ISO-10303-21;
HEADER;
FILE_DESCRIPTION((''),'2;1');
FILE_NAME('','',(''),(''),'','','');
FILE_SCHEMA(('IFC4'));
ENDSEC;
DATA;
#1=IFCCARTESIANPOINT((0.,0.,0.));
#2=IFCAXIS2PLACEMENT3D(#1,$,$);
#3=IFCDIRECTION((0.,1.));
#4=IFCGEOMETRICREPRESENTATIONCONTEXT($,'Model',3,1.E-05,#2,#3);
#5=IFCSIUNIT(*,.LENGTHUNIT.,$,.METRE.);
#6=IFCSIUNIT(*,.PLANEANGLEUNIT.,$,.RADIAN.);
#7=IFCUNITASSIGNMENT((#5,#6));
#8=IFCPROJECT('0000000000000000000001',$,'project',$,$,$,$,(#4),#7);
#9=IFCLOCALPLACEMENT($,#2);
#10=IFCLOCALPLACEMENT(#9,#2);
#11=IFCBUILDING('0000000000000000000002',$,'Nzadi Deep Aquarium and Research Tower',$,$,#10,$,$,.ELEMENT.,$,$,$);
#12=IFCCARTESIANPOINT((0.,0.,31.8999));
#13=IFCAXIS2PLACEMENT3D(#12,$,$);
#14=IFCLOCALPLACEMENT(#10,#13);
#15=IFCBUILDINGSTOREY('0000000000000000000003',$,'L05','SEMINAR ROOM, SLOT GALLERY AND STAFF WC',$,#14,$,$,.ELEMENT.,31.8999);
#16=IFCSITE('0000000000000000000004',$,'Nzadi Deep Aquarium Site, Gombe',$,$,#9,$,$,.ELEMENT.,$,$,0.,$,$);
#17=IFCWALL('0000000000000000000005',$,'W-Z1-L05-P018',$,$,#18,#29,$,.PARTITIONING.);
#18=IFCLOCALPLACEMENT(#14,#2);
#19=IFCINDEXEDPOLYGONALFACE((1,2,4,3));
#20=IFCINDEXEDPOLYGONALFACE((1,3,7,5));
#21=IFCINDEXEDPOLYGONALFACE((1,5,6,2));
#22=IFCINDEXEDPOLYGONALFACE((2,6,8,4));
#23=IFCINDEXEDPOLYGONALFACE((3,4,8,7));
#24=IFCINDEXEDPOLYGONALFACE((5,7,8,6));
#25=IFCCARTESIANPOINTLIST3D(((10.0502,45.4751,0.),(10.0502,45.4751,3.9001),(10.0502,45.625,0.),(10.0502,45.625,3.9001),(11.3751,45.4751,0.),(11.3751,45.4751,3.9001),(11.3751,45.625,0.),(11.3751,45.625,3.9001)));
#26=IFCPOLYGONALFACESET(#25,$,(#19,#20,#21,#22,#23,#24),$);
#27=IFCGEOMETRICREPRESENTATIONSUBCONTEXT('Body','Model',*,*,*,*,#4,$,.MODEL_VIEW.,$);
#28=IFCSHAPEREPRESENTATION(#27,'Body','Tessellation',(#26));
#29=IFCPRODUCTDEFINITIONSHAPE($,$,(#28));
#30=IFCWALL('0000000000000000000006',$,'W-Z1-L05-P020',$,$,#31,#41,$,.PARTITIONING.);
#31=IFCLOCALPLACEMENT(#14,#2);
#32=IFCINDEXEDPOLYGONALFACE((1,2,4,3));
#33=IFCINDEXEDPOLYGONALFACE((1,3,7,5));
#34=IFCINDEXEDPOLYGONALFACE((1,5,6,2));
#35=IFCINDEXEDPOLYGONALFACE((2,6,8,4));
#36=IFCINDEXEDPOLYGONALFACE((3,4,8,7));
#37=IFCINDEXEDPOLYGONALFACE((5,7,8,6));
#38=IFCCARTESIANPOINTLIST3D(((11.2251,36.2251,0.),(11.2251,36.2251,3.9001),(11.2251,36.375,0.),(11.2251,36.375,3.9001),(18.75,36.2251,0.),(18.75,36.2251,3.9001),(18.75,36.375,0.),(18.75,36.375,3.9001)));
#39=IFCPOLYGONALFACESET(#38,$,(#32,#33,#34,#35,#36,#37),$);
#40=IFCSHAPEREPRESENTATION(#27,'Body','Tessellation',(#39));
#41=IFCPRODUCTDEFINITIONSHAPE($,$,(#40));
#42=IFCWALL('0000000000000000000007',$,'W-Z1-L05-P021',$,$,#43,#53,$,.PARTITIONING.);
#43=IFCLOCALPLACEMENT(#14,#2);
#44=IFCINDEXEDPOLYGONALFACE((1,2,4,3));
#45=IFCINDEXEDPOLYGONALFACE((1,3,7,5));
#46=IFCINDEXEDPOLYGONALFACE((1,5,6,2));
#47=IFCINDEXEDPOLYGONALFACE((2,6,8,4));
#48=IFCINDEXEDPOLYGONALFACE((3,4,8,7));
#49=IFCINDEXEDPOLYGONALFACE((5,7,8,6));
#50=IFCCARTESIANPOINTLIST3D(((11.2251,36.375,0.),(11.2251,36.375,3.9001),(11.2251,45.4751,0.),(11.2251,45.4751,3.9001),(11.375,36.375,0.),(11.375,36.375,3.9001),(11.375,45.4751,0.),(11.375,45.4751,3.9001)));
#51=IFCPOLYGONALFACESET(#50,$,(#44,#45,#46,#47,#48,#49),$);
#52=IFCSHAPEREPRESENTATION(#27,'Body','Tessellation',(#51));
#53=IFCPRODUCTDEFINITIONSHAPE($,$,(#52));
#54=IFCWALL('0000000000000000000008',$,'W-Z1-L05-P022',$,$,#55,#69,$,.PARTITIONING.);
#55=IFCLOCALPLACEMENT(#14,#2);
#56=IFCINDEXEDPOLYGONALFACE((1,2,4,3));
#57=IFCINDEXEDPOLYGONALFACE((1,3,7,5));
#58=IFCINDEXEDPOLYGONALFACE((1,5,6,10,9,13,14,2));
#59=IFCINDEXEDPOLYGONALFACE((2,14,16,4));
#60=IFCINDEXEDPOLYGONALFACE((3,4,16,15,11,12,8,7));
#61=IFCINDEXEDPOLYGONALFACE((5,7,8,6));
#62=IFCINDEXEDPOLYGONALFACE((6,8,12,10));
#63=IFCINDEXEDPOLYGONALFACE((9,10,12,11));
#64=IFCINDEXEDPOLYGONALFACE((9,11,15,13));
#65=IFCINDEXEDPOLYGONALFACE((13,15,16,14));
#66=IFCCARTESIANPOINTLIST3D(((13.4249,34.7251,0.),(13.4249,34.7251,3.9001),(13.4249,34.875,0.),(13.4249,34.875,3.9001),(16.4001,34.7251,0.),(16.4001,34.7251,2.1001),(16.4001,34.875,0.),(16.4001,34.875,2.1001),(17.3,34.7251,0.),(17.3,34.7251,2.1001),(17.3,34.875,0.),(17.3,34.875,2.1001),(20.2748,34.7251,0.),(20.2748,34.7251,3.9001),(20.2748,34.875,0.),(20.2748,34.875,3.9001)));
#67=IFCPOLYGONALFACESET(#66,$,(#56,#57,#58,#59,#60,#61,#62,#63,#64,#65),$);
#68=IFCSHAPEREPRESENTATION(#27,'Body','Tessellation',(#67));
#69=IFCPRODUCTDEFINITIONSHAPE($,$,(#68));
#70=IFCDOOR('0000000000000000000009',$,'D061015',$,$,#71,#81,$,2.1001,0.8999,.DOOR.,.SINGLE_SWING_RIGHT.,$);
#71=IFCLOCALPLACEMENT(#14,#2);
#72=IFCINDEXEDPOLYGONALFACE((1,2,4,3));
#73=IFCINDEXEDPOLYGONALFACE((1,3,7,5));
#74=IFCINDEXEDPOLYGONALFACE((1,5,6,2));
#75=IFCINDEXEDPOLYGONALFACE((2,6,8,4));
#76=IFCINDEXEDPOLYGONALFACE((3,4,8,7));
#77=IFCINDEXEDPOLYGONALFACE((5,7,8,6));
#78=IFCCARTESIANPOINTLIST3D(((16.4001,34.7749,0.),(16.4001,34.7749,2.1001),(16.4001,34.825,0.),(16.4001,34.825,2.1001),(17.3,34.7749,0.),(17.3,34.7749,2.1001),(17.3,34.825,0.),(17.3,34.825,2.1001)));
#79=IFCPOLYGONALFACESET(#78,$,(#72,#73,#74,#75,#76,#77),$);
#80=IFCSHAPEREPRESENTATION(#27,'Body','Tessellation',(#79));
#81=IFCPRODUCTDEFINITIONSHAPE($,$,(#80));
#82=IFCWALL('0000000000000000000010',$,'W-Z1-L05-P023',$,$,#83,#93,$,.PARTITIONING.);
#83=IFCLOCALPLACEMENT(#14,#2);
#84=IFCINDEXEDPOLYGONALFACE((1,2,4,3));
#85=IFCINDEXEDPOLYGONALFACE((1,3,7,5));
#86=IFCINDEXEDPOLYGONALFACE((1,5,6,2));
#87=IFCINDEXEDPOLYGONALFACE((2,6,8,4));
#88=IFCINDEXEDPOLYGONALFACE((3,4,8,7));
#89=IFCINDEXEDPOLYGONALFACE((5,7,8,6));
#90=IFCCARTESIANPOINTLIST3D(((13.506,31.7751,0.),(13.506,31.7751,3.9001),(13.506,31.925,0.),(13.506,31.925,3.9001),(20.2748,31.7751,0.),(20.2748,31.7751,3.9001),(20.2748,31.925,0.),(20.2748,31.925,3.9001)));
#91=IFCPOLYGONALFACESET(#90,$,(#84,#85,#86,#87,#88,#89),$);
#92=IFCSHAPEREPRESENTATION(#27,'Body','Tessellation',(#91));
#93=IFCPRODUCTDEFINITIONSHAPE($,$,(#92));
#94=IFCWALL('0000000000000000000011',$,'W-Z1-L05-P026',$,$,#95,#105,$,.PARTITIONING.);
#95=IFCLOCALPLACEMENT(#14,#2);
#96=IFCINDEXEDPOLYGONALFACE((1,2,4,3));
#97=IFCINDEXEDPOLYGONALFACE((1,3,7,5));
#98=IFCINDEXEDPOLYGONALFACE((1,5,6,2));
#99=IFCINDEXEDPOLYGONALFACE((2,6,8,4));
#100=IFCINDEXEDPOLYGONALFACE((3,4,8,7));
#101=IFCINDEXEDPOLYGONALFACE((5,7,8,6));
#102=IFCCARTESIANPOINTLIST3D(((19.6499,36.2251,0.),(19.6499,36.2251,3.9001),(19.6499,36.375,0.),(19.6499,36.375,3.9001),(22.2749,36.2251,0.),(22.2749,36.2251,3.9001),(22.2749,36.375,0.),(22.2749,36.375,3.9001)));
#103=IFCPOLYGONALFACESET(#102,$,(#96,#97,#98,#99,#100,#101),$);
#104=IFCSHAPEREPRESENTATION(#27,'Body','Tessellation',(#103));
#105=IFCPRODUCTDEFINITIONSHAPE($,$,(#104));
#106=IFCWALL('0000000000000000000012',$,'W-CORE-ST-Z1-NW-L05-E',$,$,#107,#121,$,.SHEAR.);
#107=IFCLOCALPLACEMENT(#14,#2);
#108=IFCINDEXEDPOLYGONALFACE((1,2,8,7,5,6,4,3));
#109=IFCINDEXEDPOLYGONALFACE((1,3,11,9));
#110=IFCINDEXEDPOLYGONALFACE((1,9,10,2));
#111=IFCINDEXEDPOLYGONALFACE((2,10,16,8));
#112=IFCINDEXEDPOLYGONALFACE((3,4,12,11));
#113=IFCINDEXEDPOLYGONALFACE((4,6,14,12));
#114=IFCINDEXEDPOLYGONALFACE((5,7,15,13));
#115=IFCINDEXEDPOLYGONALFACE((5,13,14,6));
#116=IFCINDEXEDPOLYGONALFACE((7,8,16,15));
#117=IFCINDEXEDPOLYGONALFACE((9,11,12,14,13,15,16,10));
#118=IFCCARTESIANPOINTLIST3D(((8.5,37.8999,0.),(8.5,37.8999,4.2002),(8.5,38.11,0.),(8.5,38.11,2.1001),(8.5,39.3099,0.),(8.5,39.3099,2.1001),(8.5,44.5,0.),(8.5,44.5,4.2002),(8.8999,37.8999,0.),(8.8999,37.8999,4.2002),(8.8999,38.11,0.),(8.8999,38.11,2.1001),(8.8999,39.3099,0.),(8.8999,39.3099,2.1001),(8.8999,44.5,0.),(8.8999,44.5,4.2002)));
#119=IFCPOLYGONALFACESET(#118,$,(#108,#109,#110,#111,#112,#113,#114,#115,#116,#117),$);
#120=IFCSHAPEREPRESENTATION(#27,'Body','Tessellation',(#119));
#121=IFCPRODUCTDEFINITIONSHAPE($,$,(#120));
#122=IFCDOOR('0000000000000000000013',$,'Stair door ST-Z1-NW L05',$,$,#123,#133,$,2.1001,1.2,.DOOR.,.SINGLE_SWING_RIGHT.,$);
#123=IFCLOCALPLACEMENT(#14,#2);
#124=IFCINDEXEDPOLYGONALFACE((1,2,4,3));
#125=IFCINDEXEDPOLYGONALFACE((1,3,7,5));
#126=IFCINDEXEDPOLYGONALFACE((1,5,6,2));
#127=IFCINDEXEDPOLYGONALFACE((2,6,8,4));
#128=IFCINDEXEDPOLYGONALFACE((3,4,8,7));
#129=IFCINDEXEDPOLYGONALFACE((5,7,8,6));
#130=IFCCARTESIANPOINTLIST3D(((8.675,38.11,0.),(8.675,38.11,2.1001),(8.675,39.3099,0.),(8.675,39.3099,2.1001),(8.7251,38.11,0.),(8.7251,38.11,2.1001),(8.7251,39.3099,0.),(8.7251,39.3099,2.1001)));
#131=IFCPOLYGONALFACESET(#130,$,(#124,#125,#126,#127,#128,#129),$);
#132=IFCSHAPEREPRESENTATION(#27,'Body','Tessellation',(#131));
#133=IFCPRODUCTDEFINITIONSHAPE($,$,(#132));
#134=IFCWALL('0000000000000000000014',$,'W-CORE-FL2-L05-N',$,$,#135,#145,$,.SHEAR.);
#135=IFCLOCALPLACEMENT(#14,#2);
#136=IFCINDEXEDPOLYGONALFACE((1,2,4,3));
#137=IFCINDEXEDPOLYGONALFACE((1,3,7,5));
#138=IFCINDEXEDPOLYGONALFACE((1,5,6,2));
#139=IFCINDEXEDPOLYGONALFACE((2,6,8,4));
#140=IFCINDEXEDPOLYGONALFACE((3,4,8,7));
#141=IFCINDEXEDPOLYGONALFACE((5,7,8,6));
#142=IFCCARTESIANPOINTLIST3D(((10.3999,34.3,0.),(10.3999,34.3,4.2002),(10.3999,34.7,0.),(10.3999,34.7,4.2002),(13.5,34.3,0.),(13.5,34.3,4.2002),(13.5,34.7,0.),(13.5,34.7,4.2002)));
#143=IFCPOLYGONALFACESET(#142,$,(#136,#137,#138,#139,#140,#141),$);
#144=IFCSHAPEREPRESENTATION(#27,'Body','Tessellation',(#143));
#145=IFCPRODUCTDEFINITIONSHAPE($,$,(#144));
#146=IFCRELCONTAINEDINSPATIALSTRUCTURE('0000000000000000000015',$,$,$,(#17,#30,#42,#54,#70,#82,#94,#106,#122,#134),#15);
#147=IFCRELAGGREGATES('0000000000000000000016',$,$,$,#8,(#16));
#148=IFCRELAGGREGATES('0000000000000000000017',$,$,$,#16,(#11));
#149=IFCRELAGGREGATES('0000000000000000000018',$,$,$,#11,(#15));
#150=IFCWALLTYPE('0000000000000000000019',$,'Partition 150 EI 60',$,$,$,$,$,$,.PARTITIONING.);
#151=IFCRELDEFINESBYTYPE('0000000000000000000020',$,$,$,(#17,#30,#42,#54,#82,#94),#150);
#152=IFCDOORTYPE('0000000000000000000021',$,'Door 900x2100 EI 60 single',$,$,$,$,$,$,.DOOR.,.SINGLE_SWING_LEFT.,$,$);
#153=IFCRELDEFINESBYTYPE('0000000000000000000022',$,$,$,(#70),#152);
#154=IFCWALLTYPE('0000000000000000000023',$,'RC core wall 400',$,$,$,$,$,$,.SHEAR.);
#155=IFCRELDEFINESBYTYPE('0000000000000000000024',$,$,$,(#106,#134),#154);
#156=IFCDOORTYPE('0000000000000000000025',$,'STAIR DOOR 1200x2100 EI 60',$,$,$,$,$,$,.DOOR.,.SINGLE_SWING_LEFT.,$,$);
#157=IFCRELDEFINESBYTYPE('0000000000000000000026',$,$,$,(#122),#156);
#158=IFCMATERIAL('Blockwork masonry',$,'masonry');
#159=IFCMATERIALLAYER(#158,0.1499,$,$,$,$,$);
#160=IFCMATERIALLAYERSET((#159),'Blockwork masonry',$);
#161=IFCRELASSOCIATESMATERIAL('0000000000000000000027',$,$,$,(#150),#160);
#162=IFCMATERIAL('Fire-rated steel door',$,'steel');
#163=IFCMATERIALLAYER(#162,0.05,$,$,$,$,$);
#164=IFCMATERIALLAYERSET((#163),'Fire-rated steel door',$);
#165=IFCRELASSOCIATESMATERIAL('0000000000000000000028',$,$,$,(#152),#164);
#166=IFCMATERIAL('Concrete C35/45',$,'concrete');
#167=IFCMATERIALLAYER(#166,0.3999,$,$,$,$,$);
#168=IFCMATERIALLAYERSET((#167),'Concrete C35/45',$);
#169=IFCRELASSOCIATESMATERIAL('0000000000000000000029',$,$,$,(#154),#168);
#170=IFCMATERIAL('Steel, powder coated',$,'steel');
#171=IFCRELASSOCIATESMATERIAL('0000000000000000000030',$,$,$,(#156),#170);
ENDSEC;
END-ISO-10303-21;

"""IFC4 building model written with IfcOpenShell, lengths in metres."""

from ifc_helpers import new_model, si_unit, direction, frame, frame_2d, origin, place, context, subcontext, project, spatial, rectangle, extrude, material, layer, layer_set, type_object, element, fill, save


model = new_model("IFC4")

# Units and contexts
model_context = context("Model", 3, precision=1e-05, world=origin(), true_north=direction((0.0, 1.0)))
body_context = subcontext(model_context, "Body", "Model", "MODEL_VIEW")
ifc_project = project(units=[si_unit("LENGTHUNIT", "METRE"), si_unit("PLANEANGLEUNIT", "RADIAN")], contexts=[model_context])

# Site, building, storey
site_placement = place(None, origin())
site = spatial("IfcSite", under=ifc_project, at=site_placement, Name="Nzadi Deep Aquarium Site, Gombe", CompositionType="ELEMENT", RefElevation=0.0)
building_placement = place(site_placement, origin())
building = spatial("IfcBuilding", under=site, at=building_placement, Name="Nzadi Deep Aquarium and Research Tower", CompositionType="ELEMENT")
storey_placement = place(building_placement, frame((0.0, 0.0, 31.8999)))
storey = spatial("IfcBuildingStorey", under=building, at=storey_placement, Name="L05", Description="SEMINAR ROOM, SLOT GALLERY AND STAFF WC", CompositionType="ELEMENT", Elevation=31.8999)

# Walls
ifc_material_1 = material(Name="Blockwork masonry", Category="masonry")
ifc_layer_1 = layer(ifc_material_1, 0.1499)
ifc_layer_set_1 = layer_set([ifc_layer_1], Name="Blockwork masonry")
wall_type_1 = type_object("IfcWallType", Name="Partition 150 EI 60", PredefinedType="PARTITIONING", material=ifc_layer_set_1)
wall_1_placement = place(storey_placement, frame((10.05, 45.55, 0.0), z_axis=(0.0, 0.0, 1.0), x_axis=(1.0, 0.0, 0.0)))
element("IfcWall", 1, at=wall_1_placement, inside=storey, type_object=wall_type_1, Name="W-Z1-L05-P018", PredefinedType="PARTITIONING", context=body_context, shape_type="SweptSolid", body=[
    extrude(rectangle(XDim=1.325, YDim=0.1499, at=frame_2d((0.6626, 0.0))), origin(), (0.0, 0.0, 1.0), 3.9001),
])
wall_2_placement = place(storey_placement, frame((11.2251, 36.3, 0.0), z_axis=(0.0, 0.0, 1.0), x_axis=(1.0, 0.0, 0.0)))
element("IfcWall", 2, at=wall_2_placement, inside=storey, type_object=wall_type_1, Name="W-Z1-L05-P020", PredefinedType="PARTITIONING", context=body_context, shape_type="SweptSolid", body=[
    extrude(rectangle(XDim=7.5249, YDim=0.1499, at=frame_2d((3.7625, 0.0))), origin(), (0.0, 0.0, 1.0), 3.9001),
])
wall_3_placement = place(storey_placement, frame((11.3, 36.375, 0.0), z_axis=(0.0, 0.0, 1.0), x_axis=(0.0, 1.0, 0.0)))
element("IfcWall", 3, at=wall_3_placement, inside=storey, type_object=wall_type_1, Name="W-Z1-L05-P021", PredefinedType="PARTITIONING", context=body_context, shape_type="SweptSolid", body=[
    extrude(rectangle(XDim=9.1001, YDim=0.1499, at=frame_2d((4.55, 0.0))), origin(), (0.0, 0.0, 1.0), 3.9001),
])

# Wall, opening, door
wall_4_placement = place(storey_placement, frame((13.425, 34.8, 0.0), z_axis=(0.0, 0.0, 1.0), x_axis=(1.0, 0.0, 0.0)))
wall_4 = element("IfcWall", 4, at=wall_4_placement, inside=storey, type_object=wall_type_1, Name="W-Z1-L05-P022", PredefinedType="PARTITIONING", context=body_context, shape_type="SweptSolid", body=[
    extrude(rectangle(XDim=6.8499, YDim=0.1499, at=frame_2d((3.4248, 0.0))), origin(), (0.0, 0.0, 1.0), 3.9001),
])
opening_1_placement = place(wall_4_placement, frame((2.9751, 0.0, 0.0)))
opening_1 = element("IfcOpeningElement", 5, at=opening_1_placement, cuts=wall_4, PredefinedType="OPENING", context=body_context, shape_type="SweptSolid", body=[
    extrude(rectangle(XDim=0.8999, YDim=2.1001, at=frame_2d((0.45, 1.05))), frame((0.0, 0.085, 0.0), z_axis=(0.0, -1.0, 0.0), x_axis=(1.0, 0.0, 0.0)), (0.0, 0.0, 1.0), 0.1699),
])
ifc_material_2 = material(Name="Fire-rated steel door", Category="steel")
ifc_layer_2 = layer(ifc_material_2, 0.05)
ifc_layer_set_2 = layer_set([ifc_layer_2], Name="Fire-rated steel door")
door_type_1 = type_object("IfcDoorType", Name="Door 900x2100 EI 60 single", OperationType="SINGLE_SWING_LEFT", PredefinedType="DOOR", material=ifc_layer_set_2)
door_1_placement = place(opening_1_placement, origin())
door_1 = element("IfcDoor", 6, at=door_1_placement, inside=storey, type_object=door_type_1, Name="D061015", OperationType="SINGLE_SWING_RIGHT", OverallHeight=2.1001, OverallWidth=0.8999, PredefinedType="DOOR", context=body_context, shape_type="SweptSolid", body=[
    extrude(rectangle(XDim=0.8999, YDim=2.1001, at=frame_2d((0.45, 1.05))), frame((0.0, 0.0249, 0.0), z_axis=(0.0, -1.0, 0.0), x_axis=(1.0, 0.0, 0.0)), (0.0, 0.0, 1.0), 0.05),
])
fill(opening_1, door_1)

# Walls
wall_5_placement = place(storey_placement, frame((13.5061, 31.8501, 0.0), z_axis=(0.0, 0.0, 1.0), x_axis=(1.0, 0.0, 0.0)))
element("IfcWall", 7, at=wall_5_placement, inside=storey, type_object=wall_type_1, Name="W-Z1-L05-P023", PredefinedType="PARTITIONING", context=body_context, shape_type="SweptSolid", body=[
    extrude(rectangle(XDim=6.7688, YDim=0.1499, at=frame_2d((3.3843, 0.0))), origin(), (0.0, 0.0, 1.0), 3.9001),
])
wall_6_placement = place(storey_placement, frame((19.6499, 36.3, 0.0), z_axis=(0.0, 0.0, 1.0), x_axis=(1.0, 0.0, 0.0)))
element("IfcWall", 8, at=wall_6_placement, inside=storey, type_object=wall_type_1, Name="W-Z1-L05-P026", PredefinedType="PARTITIONING", context=body_context, shape_type="SweptSolid", body=[
    extrude(rectangle(XDim=2.625, YDim=0.1499, at=frame_2d((1.3125, 0.0))), origin(), (0.0, 0.0, 1.0), 3.9001),
])

# Wall, opening, door
ifc_material_3 = material(Name="Concrete C35/45", Category="concrete")
ifc_layer_3 = layer(ifc_material_3, 0.3999)
ifc_layer_set_3 = layer_set([ifc_layer_3], Name="Concrete C35/45")
wall_type_2 = type_object("IfcWallType", Name="RC core wall 400", PredefinedType="SHEAR", material=ifc_layer_set_3)
wall_7_placement = place(storey_placement, frame((8.7, 37.8999, 0.0), z_axis=(0.0, 0.0, 1.0), x_axis=(0.0, 1.0, 0.0)))
wall_7 = element("IfcWall", 9, at=wall_7_placement, inside=storey, type_object=wall_type_2, Name="W-CORE-ST-Z1-NW-L05-E", PredefinedType="SHEAR", context=body_context, shape_type="SweptSolid", body=[
    extrude(rectangle(XDim=6.6001, YDim=0.3999, at=frame_2d((3.3, 0.0))), origin(), (0.0, 0.0, 1.0), 4.2002),
])
opening_2_placement = place(wall_7_placement, frame((0.21, 0.0, 0.0)))
opening_2 = element("IfcOpeningElement", 10, at=opening_2_placement, cuts=wall_7, PredefinedType="OPENING", context=body_context, shape_type="SweptSolid", body=[
    extrude(rectangle(XDim=1.2, YDim=2.1001, at=frame_2d((0.6001, 1.05))), frame((0.0, 0.21, 0.0), z_axis=(0.0, -1.0, 0.0), x_axis=(1.0, 0.0, 0.0)), (0.0, 0.0, 1.0), 0.4199),
])
ifc_material_4 = material(Name="Steel, powder coated", Category="steel")
door_type_2 = type_object("IfcDoorType", Name="STAIR DOOR 1200x2100 EI 60", OperationType="SINGLE_SWING_LEFT", PredefinedType="DOOR", material=ifc_material_4)
door_2_placement = place(opening_2_placement, origin())
door_2 = element("IfcDoor", 11, at=door_2_placement, inside=storey, type_object=door_type_2, Name="Stair door ST-Z1-NW L05", OperationType="SINGLE_SWING_RIGHT", OverallHeight=2.1001, OverallWidth=1.2, PredefinedType="DOOR", context=body_context, shape_type="SweptSolid", body=[
    extrude(rectangle(XDim=1.2, YDim=2.1001, at=frame_2d((0.6001, 1.05))), frame((0.0, 0.0249, 0.0), z_axis=(0.0, -1.0, 0.0), x_axis=(1.0, 0.0, 0.0)), (0.0, 0.0, 1.0), 0.05),
])
fill(opening_2, door_2)

# Wall
wall_8_placement = place(storey_placement, frame((10.3999, 34.5, 0.0), z_axis=(0.0, 0.0, 1.0), x_axis=(1.0, 0.0, 0.0)))
element("IfcWall", 12, at=wall_8_placement, inside=storey, type_object=wall_type_2, Name="W-CORE-FL2-L05-N", PredefinedType="SHEAR", context=body_context, shape_type="SweptSolid", body=[
    extrude(rectangle(XDim=3.1001, YDim=0.3999, at=frame_2d((1.55, 0.0))), origin(), (0.0, 0.0, 1.0), 4.2002),
])

save(model, "model.ifc")
